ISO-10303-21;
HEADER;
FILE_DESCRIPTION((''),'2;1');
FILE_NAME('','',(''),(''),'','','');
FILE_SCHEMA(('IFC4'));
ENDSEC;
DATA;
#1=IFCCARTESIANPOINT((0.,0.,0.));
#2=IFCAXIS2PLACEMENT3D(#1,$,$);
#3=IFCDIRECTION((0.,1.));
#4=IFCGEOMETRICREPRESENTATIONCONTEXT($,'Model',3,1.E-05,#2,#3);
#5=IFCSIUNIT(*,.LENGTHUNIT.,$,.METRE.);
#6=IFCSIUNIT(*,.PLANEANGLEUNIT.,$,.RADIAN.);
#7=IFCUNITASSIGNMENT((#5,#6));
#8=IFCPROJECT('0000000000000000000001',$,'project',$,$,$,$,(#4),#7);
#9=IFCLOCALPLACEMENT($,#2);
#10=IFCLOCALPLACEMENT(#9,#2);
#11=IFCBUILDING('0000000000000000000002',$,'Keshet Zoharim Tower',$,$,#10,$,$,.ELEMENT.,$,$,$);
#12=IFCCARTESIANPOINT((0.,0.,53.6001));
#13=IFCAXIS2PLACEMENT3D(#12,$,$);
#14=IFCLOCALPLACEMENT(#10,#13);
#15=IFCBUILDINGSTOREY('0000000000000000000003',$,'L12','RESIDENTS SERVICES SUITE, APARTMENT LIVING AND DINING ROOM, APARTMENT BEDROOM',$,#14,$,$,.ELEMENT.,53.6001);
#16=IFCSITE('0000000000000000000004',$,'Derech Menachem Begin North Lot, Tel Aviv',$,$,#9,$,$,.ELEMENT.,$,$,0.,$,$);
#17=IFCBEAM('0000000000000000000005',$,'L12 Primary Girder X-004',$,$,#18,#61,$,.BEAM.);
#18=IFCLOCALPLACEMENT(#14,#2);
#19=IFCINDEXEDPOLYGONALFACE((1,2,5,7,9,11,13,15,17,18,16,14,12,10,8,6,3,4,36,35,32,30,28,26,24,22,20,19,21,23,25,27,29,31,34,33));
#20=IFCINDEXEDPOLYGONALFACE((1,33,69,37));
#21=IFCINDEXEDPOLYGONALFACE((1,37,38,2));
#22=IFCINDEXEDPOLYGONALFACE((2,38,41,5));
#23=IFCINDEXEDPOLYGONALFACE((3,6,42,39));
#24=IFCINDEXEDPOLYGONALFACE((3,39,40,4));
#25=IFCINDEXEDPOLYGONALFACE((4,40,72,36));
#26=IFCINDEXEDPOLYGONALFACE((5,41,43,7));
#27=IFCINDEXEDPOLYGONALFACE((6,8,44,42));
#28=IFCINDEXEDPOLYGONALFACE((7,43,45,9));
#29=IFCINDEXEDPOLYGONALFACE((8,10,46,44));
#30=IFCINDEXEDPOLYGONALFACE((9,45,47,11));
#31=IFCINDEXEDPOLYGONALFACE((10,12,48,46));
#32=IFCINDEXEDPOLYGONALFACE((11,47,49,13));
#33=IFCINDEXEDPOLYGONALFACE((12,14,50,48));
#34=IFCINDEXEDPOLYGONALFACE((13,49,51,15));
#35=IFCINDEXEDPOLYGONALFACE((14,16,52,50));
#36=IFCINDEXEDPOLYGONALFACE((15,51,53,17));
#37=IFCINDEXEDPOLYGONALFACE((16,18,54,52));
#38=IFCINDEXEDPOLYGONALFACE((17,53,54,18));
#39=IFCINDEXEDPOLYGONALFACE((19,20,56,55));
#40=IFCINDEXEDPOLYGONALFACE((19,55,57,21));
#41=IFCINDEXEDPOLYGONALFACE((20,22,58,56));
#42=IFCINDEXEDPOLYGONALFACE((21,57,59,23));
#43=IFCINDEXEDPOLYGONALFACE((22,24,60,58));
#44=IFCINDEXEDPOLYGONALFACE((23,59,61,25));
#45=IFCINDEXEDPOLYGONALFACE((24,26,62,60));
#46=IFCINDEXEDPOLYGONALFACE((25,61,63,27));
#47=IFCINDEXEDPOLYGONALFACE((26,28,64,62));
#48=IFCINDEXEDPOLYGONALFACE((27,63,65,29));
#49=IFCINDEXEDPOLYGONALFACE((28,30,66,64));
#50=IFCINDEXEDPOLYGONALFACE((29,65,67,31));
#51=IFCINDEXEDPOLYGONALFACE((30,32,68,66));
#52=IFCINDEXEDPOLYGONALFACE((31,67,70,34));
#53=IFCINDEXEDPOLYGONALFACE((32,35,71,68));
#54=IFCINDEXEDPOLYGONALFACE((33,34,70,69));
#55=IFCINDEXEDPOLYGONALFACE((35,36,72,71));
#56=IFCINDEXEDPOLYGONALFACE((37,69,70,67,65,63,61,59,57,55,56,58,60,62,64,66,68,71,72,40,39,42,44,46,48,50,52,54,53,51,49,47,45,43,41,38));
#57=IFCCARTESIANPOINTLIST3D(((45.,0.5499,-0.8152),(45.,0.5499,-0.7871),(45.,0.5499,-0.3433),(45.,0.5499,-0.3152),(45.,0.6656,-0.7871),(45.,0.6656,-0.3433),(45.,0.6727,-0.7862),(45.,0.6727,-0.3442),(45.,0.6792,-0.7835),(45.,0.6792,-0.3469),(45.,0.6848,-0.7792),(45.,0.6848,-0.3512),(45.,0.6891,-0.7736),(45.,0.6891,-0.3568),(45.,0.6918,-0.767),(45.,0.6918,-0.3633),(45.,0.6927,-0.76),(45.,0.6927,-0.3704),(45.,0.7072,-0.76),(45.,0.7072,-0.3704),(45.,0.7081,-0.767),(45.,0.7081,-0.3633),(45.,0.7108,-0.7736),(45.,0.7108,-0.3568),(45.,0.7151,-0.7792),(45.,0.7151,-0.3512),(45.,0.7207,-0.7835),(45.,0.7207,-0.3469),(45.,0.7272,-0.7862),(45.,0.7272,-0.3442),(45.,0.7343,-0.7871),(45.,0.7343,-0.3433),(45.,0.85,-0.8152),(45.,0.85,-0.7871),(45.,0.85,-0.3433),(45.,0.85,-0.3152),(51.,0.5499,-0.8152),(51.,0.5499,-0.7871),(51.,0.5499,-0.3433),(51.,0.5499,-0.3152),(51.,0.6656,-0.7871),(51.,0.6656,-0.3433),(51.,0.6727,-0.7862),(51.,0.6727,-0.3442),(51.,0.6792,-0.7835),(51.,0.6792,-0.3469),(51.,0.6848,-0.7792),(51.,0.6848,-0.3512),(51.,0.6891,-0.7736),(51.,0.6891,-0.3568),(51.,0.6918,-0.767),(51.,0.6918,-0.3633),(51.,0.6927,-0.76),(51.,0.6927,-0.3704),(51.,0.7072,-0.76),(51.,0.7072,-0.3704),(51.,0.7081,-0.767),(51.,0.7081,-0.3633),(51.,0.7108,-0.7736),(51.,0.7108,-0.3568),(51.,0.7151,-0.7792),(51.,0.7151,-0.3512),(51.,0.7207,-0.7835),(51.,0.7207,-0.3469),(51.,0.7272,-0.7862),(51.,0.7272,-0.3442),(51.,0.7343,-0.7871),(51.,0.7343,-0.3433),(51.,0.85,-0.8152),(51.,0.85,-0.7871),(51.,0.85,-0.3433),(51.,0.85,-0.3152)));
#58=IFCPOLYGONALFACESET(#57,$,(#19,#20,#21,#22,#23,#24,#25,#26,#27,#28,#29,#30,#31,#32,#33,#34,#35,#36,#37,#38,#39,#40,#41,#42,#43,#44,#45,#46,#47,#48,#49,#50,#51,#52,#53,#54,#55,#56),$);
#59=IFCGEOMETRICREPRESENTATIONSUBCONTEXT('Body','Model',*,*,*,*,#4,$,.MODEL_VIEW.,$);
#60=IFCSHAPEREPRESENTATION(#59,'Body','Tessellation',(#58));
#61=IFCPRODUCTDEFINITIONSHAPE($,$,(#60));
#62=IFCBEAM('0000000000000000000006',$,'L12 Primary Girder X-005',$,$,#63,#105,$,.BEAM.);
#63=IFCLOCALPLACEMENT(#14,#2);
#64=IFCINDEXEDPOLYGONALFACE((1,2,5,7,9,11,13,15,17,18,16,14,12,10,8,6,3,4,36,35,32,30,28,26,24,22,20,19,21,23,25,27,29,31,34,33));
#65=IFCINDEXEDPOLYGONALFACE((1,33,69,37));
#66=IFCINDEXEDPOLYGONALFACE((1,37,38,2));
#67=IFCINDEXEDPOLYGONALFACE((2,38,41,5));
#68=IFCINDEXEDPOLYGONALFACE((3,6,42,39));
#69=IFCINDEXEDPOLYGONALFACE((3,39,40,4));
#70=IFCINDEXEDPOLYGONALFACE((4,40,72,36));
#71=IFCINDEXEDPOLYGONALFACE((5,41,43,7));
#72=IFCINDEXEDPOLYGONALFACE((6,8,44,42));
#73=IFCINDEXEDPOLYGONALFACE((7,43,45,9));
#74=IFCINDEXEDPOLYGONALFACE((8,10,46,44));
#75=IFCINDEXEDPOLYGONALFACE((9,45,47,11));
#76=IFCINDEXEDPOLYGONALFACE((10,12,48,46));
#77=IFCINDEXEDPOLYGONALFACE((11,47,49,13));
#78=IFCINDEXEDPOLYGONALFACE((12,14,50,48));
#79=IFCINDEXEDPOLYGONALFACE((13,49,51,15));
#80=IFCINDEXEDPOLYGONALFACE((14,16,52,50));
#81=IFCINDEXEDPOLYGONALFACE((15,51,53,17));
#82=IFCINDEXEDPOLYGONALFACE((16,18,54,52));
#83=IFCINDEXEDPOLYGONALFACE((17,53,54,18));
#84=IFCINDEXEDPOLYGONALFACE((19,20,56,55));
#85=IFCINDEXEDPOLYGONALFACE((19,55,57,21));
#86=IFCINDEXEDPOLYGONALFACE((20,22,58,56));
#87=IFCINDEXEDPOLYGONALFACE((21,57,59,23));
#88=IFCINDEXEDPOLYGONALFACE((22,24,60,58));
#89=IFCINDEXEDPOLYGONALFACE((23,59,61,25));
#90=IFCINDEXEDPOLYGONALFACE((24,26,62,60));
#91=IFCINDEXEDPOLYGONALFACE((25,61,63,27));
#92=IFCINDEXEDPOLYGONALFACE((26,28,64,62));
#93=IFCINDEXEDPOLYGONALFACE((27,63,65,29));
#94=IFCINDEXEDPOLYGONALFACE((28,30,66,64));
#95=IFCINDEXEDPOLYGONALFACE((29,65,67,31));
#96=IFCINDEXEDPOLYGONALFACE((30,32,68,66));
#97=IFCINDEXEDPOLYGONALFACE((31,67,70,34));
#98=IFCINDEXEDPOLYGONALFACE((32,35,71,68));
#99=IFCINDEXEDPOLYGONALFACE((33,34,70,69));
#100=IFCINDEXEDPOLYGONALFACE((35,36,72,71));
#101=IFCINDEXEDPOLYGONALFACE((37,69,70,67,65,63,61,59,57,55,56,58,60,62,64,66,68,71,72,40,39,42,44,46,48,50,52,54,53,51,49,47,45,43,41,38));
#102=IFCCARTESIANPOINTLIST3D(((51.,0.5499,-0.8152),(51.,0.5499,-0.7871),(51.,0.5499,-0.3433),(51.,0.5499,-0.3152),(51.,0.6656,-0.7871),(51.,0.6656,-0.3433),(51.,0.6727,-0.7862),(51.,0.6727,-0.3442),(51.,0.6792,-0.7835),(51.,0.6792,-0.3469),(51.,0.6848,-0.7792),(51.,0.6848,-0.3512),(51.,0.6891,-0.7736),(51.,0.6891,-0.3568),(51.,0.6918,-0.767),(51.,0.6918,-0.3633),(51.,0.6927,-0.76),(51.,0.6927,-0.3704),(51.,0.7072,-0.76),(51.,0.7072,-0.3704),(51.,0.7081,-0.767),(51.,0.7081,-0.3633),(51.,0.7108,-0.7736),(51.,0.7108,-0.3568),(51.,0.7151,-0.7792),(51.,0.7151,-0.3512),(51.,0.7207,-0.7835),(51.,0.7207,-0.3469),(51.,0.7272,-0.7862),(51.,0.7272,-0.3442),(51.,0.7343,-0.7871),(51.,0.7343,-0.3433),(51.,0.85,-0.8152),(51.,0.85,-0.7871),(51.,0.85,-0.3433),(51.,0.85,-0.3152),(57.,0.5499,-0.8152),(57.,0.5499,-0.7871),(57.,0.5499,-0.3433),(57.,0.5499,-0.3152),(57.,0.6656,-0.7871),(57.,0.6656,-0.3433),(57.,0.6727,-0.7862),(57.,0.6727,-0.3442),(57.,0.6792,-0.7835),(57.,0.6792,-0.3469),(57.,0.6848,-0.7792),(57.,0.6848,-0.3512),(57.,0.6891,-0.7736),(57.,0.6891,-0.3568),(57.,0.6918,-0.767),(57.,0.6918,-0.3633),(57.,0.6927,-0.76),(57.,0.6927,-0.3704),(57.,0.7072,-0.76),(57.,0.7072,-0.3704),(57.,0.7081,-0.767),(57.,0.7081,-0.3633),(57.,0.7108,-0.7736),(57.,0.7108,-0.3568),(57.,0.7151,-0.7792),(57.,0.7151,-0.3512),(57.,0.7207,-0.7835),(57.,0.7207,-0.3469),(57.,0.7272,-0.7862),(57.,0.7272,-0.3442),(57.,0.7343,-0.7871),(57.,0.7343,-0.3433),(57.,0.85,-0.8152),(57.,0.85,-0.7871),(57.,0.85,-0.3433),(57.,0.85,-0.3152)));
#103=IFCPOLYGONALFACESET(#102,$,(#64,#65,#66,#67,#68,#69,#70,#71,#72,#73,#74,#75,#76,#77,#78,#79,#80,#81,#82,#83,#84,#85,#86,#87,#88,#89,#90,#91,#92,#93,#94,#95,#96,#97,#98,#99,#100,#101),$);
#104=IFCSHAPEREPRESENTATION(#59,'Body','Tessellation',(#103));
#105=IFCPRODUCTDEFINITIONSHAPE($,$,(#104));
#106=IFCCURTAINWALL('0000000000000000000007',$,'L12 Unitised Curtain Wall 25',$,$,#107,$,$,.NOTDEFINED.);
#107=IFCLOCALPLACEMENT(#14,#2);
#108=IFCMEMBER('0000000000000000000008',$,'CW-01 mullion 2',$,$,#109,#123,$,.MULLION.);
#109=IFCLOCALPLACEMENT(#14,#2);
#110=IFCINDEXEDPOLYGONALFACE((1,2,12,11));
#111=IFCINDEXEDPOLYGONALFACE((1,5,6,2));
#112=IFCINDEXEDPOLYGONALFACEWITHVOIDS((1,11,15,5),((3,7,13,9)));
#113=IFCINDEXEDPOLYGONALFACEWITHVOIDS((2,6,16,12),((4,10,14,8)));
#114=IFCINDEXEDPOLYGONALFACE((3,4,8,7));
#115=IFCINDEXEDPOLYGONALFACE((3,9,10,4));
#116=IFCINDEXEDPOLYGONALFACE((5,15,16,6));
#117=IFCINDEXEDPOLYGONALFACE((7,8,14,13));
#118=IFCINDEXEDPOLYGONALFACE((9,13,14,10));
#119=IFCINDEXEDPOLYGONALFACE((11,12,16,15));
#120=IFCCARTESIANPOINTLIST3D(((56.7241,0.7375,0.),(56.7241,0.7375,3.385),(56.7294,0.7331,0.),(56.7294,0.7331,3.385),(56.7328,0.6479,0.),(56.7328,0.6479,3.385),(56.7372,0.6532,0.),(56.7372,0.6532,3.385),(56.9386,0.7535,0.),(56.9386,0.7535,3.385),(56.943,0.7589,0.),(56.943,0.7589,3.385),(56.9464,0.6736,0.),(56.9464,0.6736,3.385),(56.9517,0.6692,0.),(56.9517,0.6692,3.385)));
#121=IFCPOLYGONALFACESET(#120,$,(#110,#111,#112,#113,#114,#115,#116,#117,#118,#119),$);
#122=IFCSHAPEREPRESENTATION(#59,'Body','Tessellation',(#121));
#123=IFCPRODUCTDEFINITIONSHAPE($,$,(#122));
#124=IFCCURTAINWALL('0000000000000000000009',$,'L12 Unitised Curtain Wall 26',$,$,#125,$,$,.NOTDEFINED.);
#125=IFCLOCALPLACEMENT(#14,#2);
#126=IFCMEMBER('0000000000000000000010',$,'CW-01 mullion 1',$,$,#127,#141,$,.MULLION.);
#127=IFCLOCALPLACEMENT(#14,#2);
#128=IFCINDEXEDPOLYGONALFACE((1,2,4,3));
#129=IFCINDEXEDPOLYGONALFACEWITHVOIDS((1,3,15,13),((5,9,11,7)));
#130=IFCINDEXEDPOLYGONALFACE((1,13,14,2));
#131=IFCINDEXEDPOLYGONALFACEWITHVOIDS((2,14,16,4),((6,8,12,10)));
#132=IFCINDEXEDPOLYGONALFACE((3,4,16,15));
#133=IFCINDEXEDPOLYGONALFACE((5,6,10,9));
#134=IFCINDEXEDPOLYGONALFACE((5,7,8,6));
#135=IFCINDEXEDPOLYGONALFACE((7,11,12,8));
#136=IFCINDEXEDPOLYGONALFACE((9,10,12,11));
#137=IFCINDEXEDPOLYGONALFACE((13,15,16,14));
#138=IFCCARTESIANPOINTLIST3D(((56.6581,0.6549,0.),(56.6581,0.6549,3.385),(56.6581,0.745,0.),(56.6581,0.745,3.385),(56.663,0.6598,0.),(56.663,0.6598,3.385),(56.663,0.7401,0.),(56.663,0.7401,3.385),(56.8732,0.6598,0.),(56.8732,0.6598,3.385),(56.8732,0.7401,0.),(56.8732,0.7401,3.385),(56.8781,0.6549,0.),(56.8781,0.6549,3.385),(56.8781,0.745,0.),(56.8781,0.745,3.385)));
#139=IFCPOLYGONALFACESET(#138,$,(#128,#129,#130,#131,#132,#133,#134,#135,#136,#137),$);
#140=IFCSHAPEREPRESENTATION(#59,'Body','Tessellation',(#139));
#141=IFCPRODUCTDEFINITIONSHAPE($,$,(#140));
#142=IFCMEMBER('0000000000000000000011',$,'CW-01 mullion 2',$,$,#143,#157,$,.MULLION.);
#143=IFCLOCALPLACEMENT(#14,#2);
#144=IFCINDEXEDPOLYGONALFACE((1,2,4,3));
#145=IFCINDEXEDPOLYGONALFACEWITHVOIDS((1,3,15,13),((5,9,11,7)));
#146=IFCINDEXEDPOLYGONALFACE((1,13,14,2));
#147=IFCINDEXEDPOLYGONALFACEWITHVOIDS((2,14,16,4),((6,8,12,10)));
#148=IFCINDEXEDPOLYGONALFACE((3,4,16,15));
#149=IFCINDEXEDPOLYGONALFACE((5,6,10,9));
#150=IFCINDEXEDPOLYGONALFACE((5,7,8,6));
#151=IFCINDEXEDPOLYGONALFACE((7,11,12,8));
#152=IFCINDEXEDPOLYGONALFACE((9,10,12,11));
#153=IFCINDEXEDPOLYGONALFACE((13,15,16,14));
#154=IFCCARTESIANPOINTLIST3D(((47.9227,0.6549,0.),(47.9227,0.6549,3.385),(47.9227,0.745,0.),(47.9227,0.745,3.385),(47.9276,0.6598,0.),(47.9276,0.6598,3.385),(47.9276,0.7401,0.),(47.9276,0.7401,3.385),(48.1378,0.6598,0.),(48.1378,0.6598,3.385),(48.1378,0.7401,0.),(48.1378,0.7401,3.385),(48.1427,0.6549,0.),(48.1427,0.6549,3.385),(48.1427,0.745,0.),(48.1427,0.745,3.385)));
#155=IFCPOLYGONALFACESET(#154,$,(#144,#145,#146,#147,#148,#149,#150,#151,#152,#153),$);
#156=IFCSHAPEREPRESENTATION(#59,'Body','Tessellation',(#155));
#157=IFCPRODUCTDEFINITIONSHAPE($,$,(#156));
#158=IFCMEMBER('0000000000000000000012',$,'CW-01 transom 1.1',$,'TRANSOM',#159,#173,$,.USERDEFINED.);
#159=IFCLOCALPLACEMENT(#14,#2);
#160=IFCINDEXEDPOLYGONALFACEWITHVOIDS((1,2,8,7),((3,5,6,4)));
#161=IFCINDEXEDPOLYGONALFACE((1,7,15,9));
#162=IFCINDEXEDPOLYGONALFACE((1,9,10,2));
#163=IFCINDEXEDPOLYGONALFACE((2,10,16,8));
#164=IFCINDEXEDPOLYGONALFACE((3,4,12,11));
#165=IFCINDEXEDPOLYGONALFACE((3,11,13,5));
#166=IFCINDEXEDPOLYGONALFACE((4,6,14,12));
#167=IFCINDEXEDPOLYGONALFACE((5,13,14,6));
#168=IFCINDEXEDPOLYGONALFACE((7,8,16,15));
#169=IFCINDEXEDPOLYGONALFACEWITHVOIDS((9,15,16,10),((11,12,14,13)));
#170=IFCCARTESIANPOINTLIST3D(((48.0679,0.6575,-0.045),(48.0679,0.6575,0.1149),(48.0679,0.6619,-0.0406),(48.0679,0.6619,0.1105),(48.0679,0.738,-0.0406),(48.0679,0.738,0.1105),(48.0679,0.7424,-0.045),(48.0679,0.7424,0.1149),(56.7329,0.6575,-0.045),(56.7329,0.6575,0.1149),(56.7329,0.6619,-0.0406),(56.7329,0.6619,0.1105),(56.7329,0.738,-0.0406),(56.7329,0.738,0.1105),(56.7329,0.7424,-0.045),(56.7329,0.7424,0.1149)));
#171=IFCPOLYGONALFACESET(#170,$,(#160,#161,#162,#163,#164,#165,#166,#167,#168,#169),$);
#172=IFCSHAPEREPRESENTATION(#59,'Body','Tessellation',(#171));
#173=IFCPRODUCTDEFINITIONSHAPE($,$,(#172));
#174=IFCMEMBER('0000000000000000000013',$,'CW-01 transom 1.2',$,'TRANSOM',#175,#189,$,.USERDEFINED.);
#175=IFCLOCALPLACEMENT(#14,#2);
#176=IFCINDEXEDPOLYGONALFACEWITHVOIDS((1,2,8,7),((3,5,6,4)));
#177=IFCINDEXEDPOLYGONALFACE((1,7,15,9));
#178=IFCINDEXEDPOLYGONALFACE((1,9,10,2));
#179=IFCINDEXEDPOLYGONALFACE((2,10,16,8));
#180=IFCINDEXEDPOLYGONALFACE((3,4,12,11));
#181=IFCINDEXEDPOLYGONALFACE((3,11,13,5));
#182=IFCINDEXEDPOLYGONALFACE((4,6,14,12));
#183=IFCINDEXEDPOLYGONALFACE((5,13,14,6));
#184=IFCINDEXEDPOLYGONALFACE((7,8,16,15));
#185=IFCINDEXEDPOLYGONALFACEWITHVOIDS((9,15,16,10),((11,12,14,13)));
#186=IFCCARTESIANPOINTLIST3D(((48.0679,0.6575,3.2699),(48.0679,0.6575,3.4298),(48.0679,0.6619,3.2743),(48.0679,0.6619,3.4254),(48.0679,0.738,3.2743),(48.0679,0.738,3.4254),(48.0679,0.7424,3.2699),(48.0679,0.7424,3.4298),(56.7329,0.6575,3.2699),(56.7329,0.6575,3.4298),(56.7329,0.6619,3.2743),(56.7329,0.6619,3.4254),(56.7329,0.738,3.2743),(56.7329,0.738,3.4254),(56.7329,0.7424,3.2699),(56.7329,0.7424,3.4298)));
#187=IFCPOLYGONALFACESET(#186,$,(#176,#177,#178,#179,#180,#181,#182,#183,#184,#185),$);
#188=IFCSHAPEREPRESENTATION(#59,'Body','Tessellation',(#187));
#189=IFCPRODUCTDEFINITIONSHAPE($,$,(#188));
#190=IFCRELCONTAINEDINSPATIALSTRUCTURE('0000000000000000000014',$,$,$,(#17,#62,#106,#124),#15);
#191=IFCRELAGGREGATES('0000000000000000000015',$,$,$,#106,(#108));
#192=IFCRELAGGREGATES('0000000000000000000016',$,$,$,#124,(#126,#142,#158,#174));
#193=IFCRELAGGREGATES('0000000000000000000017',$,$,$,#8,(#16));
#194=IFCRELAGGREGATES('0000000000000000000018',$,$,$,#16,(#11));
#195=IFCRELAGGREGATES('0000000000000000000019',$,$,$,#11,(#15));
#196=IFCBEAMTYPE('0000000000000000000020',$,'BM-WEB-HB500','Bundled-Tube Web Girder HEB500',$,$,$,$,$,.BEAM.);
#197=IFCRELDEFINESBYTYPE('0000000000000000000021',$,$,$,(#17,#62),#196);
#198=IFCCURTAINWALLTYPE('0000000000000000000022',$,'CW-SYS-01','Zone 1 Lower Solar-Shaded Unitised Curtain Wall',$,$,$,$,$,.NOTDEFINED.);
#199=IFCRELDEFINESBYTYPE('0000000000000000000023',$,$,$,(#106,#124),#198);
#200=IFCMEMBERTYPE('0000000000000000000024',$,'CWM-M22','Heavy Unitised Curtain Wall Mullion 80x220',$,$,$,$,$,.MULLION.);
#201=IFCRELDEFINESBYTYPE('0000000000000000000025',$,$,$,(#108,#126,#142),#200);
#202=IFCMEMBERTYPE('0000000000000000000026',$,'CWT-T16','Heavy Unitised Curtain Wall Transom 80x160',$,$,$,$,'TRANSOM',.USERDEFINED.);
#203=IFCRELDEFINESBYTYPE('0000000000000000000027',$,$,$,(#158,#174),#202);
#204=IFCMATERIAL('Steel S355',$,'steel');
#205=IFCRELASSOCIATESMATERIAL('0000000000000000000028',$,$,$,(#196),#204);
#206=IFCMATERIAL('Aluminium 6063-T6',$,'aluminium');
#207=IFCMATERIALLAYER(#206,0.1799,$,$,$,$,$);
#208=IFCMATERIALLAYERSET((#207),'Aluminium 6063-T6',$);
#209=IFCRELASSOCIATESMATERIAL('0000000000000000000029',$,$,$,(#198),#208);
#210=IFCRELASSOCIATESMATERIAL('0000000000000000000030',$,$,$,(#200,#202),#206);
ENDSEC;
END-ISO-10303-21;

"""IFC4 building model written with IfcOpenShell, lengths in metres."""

from ifc_helpers import new_model, si_unit, direction, frame, origin, origin_2d, place, context, subcontext, project, spatial, hollow_rectangle, i_section, extrude, material, layer, layer_set, material_profile, profile_set, type_object, element, aggregate, save


model = new_model("IFC4")

# Units and contexts
model_context = context("Model", 3, precision=1e-05, world=origin(), true_north=direction((0.0, 1.0)))
body_context = subcontext(model_context, "Body", "Model", "MODEL_VIEW")
ifc_project = project(units=[si_unit("LENGTHUNIT", "METRE"), si_unit("PLANEANGLEUNIT", "RADIAN")], contexts=[model_context])

# Site, building, storey
site_placement = place(None, origin())
site = spatial("IfcSite", under=ifc_project, at=site_placement, Name="Derech Menachem Begin North Lot, Tel Aviv", CompositionType="ELEMENT", RefElevation=0.0)
building_placement = place(site_placement, origin())
building = spatial("IfcBuilding", under=site, at=building_placement, Name="Keshet Zoharim Tower", CompositionType="ELEMENT")
storey_placement = place(building_placement, frame((0.0, 0.0, 53.6001)))
storey = spatial("IfcBuildingStorey", under=building, at=storey_placement, Name="L12", Description="RESIDENTS SERVICES SUITE, APARTMENT LIVING AND DINING ROOM, APARTMENT BEDROOM", CompositionType="ELEMENT", Elevation=53.6001)

# Shared definitions
ifc_material_1 = material(Name="Steel S355", Category="steel")

# Beams
ifc_material_profile_1 = material_profile(ifc_material_1, i_section(OverallWidth=0.3, OverallDepth=0.5, WebThickness=0.0144, FlangeThickness=0.0281, FilletRadius=0.0271, at=origin_2d()), Name="HEB500")
ifc_profile_set_1 = profile_set([ifc_material_profile_1], Name="Steel S355")
beam_type_1 = type_object("IfcBeamType", Name="BM-WEB-HB500", Description="Bundled-Tube Web Girder HEB500", PredefinedType="BEAM", material=ifc_profile_set_1)
for number, where, z_axis, x_axis, name in (
    (1, (45.0, 0.7, -0.5652), (1.0, 0.0, 0.0), (0.0, 1.0, 0.0), "L12 Primary Girder X-004"),
    (2, (51.0, 0.7, -0.5652), (1.0, 0.0, 0.0), (0.0, 1.0, 0.0), "L12 Primary Girder X-005"),
):
    element("IfcBeam", number, at=place(storey_placement, frame(where, z_axis=z_axis, x_axis=x_axis)), inside=storey, type_object=beam_type_1, Name=name, PredefinedType="BEAM", context=body_context, shape_type="SweptSolid", body=[
        extrude(i_section(OverallWidth=0.3, OverallDepth=0.5, WebThickness=0.0144, FlangeThickness=0.0281, FilletRadius=0.0271, at=origin_2d()), origin(), (0.0, 0.0, 1.0), 6.0),
    ])

# Curtain wall, member
ifc_material_2 = material(Name="Aluminium 6063-T6", Category="aluminium")
ifc_layer_1 = layer(ifc_material_2, 0.1799)
ifc_layer_set_1 = layer_set([ifc_layer_1], Name="Aluminium 6063-T6")
curtain_wall_type = type_object("IfcCurtainWallType", Name="CW-SYS-01", Description="Zone 1 Lower Solar-Shaded Unitised Curtain Wall", PredefinedType="NOTDEFINED", material=ifc_layer_set_1)
curtain_wall_1_placement = place(storey_placement, origin())
curtain_wall_1 = element("IfcCurtainWall", 3, at=curtain_wall_1_placement, inside=storey, type_object=curtain_wall_type, Name="L12 Unitised Curtain Wall 25", PredefinedType="NOTDEFINED")
ifc_material_profile_2 = material_profile(ifc_material_2, hollow_rectangle(XDim=0.0901, YDim=0.22, WallThickness=0.0049, at=origin_2d()), Name="MUL-90x220")
ifc_profile_set_2 = profile_set([ifc_material_profile_2], Name="Aluminium 6063-T6")
member_type_1 = type_object("IfcMemberType", Name="CWM-M22", Description="Heavy Unitised Curtain Wall Mullion 80x220", PredefinedType="MULLION", material=ifc_profile_set_2)
member_1_placement = place(storey_placement, frame((56.8379, 0.7034, 0.0), z_axis=(0.0, 0.0, 1.0), x_axis=(0.096977, -0.995287, 0.0)))
member_1 = element("IfcMember", 4, at=member_1_placement, type_object=member_type_1, Name="CW-01 mullion 2", PredefinedType="MULLION", context=body_context, shape_type="SweptSolid", body=[
    extrude(hollow_rectangle(XDim=0.0901, YDim=0.22, WallThickness=0.0049, at=origin_2d()), origin(), (0.0, 0.0, 1.0), 3.385),
])
aggregate(curtain_wall_1, [member_1])

# Curtain wall, members
curtain_wall_2_placement = place(storey_placement, origin())
curtain_wall_2 = element("IfcCurtainWall", 5, at=curtain_wall_2_placement, inside=storey, type_object=curtain_wall_type, Name="L12 Unitised Curtain Wall 26", PredefinedType="NOTDEFINED")
member_2_placement = place(storey_placement, frame((56.7681, 0.7, 0.0), z_axis=(0.0, 0.0, 1.0), x_axis=(0.0, -1.0, 0.0)))
member_2 = element("IfcMember", 6, at=member_2_placement, type_object=member_type_1, Name="CW-01 mullion 1", PredefinedType="MULLION", context=body_context, shape_type="SweptSolid", body=[
    extrude(hollow_rectangle(XDim=0.0901, YDim=0.22, WallThickness=0.0049, at=origin_2d()), origin(), (0.0, 0.0, 1.0), 3.385),
])
member_3_placement = place(storey_placement, frame((48.0327, 0.7, 0.0), z_axis=(0.0, 0.0, 1.0), x_axis=(0.0, -1.0, 0.0)))
member_3 = element("IfcMember", 7, at=member_3_placement, type_object=member_type_1, Name="CW-01 mullion 2", PredefinedType="MULLION", context=body_context, shape_type="SweptSolid", body=[
    extrude(hollow_rectangle(XDim=0.0901, YDim=0.22, WallThickness=0.0049, at=origin_2d()), origin(), (0.0, 0.0, 1.0), 3.385),
])
ifc_material_profile_3 = material_profile(ifc_material_2, hollow_rectangle(XDim=0.085, YDim=0.1599, WallThickness=0.0044, at=origin_2d()), Name="TRN-85x160")
ifc_profile_set_3 = profile_set([ifc_material_profile_3], Name="Aluminium 6063-T6")
member_type_2 = type_object("IfcMemberType", Name="CWT-T16", Description="Heavy Unitised Curtain Wall Transom 80x160", ElementType="TRANSOM", PredefinedType="USERDEFINED", material=ifc_profile_set_3)
member_4_placement = place(storey_placement, frame((56.7329, 0.7, 0.0349), z_axis=(-1.0, 0.0, 0.0), x_axis=(0.0, -1.0, 0.0)))
member_4 = element("IfcMember", 8, at=member_4_placement, type_object=member_type_2, Name="CW-01 transom 1.1", ObjectType="TRANSOM", PredefinedType="USERDEFINED", context=body_context, shape_type="SweptSolid", body=[
    extrude(hollow_rectangle(XDim=0.085, YDim=0.1599, WallThickness=0.0044, at=origin_2d()), origin(), (0.0, 0.0, 1.0), 8.665),
])
member_5_placement = place(storey_placement, frame((56.7329, 0.7, 3.3499), z_axis=(-1.0, 0.0, 0.0), x_axis=(0.0, -1.0, 0.0)))
member_5 = element("IfcMember", 9, at=member_5_placement, type_object=member_type_2, Name="CW-01 transom 1.2", ObjectType="TRANSOM", PredefinedType="USERDEFINED", context=body_context, shape_type="SweptSolid", body=[
    extrude(hollow_rectangle(XDim=0.085, YDim=0.1599, WallThickness=0.0044, at=origin_2d()), origin(), (0.0, 0.0, 1.0), 8.665),
])
aggregate(curtain_wall_2, [member_2, member_3, member_4, member_5])

save(model, "model.ifc")
